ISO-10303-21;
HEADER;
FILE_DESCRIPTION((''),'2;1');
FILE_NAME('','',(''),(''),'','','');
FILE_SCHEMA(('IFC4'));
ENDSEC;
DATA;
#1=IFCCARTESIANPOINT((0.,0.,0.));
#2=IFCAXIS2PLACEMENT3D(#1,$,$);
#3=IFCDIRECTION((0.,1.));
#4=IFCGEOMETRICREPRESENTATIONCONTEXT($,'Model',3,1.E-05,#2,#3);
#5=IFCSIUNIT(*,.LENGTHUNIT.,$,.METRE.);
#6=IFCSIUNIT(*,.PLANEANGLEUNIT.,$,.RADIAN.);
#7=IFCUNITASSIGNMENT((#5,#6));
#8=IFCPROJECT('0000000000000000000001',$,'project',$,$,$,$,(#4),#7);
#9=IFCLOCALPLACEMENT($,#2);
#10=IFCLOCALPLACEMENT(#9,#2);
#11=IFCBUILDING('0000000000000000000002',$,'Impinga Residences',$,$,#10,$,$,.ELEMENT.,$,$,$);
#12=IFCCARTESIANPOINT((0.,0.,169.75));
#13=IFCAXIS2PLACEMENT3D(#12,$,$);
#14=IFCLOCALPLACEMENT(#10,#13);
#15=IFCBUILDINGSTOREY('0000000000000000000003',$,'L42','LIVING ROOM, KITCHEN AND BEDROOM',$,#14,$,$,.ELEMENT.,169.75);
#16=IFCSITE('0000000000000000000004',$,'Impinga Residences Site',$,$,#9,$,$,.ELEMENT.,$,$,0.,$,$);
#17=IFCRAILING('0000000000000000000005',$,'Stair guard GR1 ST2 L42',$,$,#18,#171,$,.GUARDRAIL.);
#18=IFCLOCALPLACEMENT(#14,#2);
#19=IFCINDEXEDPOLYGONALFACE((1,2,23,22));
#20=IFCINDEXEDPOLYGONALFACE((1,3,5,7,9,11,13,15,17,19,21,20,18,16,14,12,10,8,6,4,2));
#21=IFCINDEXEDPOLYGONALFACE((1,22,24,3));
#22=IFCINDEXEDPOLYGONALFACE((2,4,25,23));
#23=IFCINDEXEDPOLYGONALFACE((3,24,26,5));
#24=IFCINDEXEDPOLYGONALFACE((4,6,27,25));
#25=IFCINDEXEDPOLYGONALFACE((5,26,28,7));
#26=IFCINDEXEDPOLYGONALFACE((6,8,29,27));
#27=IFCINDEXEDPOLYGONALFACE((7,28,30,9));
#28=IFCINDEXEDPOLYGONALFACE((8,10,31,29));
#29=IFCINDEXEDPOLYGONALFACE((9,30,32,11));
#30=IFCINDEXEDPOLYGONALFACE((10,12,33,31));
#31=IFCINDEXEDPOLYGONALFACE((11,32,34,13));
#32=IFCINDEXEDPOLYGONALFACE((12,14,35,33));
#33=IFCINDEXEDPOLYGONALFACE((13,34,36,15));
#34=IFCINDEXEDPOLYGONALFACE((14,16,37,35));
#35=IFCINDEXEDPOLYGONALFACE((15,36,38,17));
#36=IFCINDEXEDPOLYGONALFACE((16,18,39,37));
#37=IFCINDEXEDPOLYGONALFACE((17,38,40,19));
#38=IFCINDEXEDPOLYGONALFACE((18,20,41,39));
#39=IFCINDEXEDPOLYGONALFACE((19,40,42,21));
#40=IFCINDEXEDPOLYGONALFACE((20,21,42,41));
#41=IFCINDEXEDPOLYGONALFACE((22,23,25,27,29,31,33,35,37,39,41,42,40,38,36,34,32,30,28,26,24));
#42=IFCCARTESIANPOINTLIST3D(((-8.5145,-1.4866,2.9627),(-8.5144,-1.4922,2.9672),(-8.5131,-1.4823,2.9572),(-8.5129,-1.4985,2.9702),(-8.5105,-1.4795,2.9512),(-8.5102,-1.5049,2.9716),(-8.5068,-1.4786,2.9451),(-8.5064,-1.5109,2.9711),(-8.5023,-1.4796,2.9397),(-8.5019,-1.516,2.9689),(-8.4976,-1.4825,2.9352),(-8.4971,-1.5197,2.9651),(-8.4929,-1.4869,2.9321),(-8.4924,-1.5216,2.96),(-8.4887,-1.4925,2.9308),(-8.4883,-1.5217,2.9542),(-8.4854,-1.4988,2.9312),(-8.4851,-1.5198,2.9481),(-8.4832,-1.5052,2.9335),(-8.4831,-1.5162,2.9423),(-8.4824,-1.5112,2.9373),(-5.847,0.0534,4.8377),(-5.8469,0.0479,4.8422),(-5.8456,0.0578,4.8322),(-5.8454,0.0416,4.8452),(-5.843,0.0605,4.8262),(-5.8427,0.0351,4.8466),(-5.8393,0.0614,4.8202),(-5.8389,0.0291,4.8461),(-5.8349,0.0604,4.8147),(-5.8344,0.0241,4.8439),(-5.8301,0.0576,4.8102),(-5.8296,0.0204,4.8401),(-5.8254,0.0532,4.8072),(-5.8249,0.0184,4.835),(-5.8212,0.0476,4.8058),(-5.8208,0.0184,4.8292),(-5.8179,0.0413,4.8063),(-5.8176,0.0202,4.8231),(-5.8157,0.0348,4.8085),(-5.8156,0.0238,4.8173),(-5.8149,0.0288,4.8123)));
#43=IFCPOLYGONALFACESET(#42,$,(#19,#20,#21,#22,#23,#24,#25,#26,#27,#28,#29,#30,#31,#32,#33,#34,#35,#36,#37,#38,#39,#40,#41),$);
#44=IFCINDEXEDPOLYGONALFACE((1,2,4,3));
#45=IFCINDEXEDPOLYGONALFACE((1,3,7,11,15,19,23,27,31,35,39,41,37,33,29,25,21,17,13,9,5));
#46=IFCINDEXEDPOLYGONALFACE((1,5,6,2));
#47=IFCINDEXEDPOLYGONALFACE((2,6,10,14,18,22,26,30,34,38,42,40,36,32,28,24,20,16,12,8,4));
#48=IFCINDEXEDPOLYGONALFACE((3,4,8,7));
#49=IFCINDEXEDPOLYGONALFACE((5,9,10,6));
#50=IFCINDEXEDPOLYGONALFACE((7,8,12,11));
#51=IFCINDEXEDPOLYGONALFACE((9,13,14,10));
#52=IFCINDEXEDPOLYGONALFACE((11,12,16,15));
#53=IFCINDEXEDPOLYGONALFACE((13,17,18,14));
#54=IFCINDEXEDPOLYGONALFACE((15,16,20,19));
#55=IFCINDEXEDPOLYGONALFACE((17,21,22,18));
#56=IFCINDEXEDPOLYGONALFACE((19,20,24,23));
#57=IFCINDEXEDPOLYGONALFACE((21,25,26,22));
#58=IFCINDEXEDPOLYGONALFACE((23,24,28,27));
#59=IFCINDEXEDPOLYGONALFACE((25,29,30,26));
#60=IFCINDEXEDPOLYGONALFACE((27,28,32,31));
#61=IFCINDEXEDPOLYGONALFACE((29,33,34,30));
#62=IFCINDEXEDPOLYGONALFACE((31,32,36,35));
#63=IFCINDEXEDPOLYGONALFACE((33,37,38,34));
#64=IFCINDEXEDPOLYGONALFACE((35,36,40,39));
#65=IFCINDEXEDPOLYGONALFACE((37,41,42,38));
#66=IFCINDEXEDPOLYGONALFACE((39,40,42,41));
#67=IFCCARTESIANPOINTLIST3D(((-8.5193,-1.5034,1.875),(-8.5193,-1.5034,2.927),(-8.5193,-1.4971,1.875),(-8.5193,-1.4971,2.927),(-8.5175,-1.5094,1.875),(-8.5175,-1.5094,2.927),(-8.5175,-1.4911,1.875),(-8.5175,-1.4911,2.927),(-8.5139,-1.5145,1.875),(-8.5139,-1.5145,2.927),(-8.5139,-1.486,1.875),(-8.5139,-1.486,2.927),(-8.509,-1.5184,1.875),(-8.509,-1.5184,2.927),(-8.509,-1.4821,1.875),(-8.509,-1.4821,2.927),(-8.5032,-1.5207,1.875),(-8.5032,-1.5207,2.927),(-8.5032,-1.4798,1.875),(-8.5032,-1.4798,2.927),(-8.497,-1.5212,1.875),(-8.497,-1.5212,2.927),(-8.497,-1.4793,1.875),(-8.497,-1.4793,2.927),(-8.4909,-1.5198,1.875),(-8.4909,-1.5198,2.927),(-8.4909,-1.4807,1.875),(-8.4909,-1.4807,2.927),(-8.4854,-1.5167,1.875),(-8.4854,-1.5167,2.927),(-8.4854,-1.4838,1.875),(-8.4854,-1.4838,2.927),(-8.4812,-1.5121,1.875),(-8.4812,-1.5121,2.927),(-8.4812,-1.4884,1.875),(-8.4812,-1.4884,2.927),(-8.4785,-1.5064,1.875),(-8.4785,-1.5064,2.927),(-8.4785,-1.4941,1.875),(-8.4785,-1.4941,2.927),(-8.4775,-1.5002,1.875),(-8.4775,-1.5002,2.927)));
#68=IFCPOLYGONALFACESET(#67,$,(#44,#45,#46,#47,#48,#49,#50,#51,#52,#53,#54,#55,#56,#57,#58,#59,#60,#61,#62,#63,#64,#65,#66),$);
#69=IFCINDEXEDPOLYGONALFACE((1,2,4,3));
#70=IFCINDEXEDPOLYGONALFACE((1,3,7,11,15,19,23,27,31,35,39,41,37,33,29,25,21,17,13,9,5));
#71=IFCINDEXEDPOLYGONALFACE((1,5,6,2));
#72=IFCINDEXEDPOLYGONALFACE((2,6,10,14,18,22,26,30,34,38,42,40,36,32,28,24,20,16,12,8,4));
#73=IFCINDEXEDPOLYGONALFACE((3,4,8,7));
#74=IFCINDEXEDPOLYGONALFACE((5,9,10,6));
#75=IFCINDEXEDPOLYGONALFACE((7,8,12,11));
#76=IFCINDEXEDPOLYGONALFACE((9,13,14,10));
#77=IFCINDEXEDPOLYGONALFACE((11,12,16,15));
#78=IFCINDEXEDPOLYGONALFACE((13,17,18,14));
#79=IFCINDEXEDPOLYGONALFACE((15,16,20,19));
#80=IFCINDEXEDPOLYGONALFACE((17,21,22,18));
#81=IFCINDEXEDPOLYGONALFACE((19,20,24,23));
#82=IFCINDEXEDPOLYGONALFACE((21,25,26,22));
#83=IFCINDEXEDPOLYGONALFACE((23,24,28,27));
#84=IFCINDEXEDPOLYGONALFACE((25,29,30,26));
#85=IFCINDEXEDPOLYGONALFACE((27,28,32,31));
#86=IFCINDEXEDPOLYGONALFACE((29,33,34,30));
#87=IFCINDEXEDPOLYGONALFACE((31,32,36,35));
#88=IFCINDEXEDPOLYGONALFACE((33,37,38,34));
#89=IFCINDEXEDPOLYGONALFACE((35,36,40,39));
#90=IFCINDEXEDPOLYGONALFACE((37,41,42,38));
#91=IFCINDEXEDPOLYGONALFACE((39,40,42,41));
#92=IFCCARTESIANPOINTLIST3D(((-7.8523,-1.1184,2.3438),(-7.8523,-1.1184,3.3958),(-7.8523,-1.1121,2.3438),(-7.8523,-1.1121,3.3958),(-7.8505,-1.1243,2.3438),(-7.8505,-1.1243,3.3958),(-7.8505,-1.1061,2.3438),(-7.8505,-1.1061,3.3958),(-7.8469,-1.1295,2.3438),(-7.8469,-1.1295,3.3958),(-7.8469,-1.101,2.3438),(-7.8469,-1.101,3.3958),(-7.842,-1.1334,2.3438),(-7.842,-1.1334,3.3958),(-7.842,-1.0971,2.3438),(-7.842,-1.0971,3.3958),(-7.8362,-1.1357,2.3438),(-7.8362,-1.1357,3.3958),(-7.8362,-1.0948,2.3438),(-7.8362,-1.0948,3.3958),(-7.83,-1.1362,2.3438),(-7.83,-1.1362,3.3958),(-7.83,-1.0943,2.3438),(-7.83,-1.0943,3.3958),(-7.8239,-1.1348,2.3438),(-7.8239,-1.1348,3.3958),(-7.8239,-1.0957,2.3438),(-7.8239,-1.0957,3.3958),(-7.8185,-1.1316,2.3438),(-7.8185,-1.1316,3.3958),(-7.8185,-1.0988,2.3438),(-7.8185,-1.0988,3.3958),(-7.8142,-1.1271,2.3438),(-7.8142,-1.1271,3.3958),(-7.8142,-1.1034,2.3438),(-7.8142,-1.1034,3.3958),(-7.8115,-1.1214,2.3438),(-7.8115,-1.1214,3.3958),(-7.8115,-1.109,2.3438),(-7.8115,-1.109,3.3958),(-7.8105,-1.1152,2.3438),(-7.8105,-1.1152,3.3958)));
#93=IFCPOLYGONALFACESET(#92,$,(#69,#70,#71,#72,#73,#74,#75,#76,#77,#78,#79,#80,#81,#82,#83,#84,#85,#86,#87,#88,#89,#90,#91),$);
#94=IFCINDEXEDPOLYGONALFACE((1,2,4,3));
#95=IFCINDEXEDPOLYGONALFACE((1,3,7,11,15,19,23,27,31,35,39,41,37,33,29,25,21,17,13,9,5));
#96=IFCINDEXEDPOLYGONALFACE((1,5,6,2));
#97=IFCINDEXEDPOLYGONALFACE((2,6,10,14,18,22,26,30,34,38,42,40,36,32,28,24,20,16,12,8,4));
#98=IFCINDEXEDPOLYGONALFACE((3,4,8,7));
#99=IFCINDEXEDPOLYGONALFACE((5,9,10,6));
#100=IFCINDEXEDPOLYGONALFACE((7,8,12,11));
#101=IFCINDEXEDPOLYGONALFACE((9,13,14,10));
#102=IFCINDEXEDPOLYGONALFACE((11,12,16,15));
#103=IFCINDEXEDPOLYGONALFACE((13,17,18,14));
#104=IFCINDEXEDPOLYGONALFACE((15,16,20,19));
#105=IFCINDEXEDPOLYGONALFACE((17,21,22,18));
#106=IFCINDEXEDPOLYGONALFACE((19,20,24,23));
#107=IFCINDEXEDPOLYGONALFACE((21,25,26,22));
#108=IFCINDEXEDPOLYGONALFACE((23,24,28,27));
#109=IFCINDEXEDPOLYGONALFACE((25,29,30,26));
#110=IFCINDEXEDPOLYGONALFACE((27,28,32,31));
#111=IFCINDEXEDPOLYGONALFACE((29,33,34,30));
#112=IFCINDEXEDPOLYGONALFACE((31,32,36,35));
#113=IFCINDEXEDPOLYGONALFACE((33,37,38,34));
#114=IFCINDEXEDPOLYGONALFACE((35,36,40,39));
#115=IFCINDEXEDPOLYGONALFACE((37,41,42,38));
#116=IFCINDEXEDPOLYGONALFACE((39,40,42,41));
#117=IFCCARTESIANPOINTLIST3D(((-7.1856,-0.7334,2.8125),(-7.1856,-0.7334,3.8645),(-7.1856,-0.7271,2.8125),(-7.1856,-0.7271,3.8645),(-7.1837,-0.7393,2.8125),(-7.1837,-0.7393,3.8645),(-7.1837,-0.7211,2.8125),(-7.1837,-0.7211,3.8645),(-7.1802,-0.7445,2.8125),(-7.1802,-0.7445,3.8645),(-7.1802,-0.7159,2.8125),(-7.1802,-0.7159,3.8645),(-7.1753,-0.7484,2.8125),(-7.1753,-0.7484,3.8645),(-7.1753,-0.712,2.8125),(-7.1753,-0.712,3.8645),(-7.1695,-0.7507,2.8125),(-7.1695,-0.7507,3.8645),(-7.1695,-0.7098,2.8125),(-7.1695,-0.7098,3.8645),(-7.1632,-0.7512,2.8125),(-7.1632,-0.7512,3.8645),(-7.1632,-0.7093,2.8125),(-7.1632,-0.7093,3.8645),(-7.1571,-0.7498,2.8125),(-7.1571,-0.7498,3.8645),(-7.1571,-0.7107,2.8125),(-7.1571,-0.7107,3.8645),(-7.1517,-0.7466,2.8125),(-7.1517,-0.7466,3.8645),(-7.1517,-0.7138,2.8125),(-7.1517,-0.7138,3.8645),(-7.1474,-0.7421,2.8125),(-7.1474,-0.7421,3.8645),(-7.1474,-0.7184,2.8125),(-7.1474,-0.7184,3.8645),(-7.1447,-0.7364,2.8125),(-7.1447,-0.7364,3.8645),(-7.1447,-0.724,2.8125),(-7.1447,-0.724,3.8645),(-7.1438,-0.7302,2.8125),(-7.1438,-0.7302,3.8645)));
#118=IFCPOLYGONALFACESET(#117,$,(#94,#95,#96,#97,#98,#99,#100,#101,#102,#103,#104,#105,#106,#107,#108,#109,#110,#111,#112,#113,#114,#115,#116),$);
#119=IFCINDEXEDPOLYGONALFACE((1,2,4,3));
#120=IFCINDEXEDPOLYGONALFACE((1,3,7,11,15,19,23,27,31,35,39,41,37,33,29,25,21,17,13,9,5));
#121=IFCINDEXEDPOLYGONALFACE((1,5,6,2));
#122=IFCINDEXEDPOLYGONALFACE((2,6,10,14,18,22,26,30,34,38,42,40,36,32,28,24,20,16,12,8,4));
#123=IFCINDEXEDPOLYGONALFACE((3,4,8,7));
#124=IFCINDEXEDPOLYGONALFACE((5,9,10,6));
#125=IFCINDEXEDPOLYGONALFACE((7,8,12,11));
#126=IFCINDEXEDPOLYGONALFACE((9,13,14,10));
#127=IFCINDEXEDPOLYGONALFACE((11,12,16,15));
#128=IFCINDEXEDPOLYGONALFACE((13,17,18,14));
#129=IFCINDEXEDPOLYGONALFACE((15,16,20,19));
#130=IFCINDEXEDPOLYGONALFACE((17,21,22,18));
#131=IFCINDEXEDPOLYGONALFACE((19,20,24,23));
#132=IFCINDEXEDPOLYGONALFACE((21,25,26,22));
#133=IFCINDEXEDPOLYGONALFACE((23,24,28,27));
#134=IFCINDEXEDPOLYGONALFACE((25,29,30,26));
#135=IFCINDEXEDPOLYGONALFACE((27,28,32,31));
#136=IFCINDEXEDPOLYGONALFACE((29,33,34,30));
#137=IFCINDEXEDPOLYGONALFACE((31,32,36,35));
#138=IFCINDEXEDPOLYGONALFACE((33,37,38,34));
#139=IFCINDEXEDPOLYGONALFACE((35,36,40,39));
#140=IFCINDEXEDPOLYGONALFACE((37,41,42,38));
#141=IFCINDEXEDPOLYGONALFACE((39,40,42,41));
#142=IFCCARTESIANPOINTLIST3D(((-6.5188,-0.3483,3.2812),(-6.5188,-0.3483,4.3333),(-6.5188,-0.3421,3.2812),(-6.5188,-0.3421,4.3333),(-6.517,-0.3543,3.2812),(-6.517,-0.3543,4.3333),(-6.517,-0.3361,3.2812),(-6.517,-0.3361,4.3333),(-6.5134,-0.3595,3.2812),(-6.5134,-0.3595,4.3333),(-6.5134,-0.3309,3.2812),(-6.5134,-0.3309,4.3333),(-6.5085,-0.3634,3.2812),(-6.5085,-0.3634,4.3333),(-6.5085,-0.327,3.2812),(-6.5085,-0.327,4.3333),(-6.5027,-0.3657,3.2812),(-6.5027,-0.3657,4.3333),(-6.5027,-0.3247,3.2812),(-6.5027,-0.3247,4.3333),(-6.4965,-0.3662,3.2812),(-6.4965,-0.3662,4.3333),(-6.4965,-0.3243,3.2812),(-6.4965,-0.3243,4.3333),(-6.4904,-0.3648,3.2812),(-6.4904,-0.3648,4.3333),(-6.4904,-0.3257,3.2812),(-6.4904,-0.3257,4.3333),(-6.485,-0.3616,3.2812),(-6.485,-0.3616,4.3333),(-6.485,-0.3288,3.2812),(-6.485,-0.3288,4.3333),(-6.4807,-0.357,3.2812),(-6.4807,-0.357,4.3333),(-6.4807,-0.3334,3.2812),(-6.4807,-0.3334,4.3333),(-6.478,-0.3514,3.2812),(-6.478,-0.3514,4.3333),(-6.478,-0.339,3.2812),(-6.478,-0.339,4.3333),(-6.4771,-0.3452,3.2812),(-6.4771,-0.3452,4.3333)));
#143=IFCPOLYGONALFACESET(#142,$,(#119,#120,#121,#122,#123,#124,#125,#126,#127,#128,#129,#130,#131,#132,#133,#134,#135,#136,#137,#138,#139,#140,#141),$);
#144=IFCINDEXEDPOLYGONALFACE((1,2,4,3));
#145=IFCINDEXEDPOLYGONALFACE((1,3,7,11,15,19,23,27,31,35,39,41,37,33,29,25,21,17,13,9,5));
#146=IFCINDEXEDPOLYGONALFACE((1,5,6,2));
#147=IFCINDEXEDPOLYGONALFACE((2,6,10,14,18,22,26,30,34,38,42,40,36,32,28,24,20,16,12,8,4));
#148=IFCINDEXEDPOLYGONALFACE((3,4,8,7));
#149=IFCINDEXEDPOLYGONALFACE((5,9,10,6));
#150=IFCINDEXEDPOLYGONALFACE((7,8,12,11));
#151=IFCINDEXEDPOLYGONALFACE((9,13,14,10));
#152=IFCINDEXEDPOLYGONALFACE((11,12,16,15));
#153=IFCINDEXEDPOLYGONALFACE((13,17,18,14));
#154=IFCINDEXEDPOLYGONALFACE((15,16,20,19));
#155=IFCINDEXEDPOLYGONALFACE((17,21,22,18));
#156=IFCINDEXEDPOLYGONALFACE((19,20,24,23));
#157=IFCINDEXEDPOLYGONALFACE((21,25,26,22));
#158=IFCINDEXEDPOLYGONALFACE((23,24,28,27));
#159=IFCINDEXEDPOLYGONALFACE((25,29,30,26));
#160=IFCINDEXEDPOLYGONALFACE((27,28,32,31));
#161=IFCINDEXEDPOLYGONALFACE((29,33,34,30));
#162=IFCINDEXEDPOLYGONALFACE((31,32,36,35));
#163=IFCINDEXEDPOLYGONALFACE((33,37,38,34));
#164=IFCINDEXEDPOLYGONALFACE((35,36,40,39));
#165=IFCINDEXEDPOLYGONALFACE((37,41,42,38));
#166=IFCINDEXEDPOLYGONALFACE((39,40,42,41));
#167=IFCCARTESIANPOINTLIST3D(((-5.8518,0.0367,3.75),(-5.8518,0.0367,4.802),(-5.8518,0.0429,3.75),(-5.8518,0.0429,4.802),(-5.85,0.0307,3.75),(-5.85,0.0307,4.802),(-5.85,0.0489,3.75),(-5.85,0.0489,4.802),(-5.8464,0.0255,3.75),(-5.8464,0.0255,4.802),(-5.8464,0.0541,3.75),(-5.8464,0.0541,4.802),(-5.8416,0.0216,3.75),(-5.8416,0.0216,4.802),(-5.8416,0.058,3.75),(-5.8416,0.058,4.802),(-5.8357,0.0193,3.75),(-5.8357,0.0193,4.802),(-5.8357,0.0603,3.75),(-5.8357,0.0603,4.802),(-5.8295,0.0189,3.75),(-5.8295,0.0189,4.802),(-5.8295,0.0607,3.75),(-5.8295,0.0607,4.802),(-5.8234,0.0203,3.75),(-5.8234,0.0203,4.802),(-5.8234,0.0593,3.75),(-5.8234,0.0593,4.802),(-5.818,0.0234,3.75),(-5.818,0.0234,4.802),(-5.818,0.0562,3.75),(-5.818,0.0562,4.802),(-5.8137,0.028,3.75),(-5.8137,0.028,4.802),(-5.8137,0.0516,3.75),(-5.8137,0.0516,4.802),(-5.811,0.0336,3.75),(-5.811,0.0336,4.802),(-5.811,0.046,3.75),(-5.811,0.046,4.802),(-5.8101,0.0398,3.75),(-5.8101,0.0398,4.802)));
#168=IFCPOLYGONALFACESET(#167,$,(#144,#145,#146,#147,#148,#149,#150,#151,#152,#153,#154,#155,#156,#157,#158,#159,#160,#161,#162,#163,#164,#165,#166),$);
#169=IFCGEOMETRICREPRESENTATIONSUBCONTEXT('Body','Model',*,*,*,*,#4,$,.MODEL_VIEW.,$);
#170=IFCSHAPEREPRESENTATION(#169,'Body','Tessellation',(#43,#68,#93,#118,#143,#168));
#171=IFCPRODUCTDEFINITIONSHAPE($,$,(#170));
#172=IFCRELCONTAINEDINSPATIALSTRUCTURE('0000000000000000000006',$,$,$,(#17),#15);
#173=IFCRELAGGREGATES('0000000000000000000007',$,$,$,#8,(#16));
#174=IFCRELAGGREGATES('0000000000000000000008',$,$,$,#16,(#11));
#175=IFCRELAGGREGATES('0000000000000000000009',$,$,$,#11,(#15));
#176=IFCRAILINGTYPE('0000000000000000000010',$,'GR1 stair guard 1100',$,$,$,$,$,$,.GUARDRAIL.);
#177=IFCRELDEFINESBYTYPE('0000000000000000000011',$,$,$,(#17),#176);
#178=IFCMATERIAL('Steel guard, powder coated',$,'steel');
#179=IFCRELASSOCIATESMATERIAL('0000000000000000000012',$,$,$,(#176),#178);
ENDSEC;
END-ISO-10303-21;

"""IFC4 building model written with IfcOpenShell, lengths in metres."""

from ifc_helpers import new_model, si_unit, direction, frame, origin, origin_2d, place, context, subcontext, project, spatial, circle, extrude, material, type_object, element, save


model = new_model("IFC4")

# Units and contexts
model_context = context("Model", 3, precision=1e-05, world=origin(), true_north=direction((0.0, 1.0)))
body_context = subcontext(model_context, "Body", "Model", "MODEL_VIEW")
ifc_project = project(units=[si_unit("LENGTHUNIT", "METRE"), si_unit("PLANEANGLEUNIT", "RADIAN")], contexts=[model_context])

# Site, building, storey
site_placement = place(None, origin())
site = spatial("IfcSite", under=ifc_project, at=site_placement, Name="Impinga Residences Site", CompositionType="ELEMENT", RefElevation=0.0)
building_placement = place(site_placement, origin())
building = spatial("IfcBuilding", under=site, at=building_placement, Name="Impinga Residences", CompositionType="ELEMENT")
storey_placement = place(building_placement, frame((0.0, 0.0, 169.75)))
storey = spatial("IfcBuildingStorey", under=building, at=storey_placement, Name="L42", Description="LIVING ROOM, KITCHEN AND BEDROOM", CompositionType="ELEMENT", Elevation=169.75)

# Railing
ifc_material_1 = material(Name="Steel guard, powder coated", Category="steel")
railing_type_1 = type_object("IfcRailingType", Name="GR1 stair guard 1100", PredefinedType="GUARDRAIL", material=ifc_material_1)
railing_1_placement = place(storey_placement, frame((-8.4985, -1.5002, 1.875)))
element("IfcRailing", 1, at=railing_1_placement, inside=storey, type_object=railing_type_1, Name="Stair guard GR1 ST2 L42", PredefinedType="GUARDRAIL", context=body_context, shape_type="SweptSolid", body=[
    extrude(circle(Radius=0.0239, at=origin_2d()), frame((0.0, 0.0, 1.0762), z_axis=(0.739746, 0.427084, 0.519975), x_axis=(-0.499992, 0.86603, 0.0)), (0.0, 0.0, 1.0), 3.606),
    extrude(circle(Radius=0.021, at=origin_2d()), origin(), (0.0, 0.0, 1.0), 1.052),
    extrude(circle(Radius=0.021, at=origin_2d()), frame((0.667, 0.385, 0.4688)), (0.0, 0.0, 1.0), 1.052),
    extrude(circle(Radius=0.021, at=origin_2d()), frame((1.3337, 0.77, 0.9375)), (0.0, 0.0, 1.0), 1.052),
    extrude(circle(Radius=0.021, at=origin_2d()), frame((2.0005, 1.155, 1.4062)), (0.0, 0.0, 1.0), 1.052),
    extrude(circle(Radius=0.021, at=origin_2d()), frame((2.6675, 1.54, 1.875)), (0.0, 0.0, 1.0), 1.052),
])

save(model, "model.ifc")
